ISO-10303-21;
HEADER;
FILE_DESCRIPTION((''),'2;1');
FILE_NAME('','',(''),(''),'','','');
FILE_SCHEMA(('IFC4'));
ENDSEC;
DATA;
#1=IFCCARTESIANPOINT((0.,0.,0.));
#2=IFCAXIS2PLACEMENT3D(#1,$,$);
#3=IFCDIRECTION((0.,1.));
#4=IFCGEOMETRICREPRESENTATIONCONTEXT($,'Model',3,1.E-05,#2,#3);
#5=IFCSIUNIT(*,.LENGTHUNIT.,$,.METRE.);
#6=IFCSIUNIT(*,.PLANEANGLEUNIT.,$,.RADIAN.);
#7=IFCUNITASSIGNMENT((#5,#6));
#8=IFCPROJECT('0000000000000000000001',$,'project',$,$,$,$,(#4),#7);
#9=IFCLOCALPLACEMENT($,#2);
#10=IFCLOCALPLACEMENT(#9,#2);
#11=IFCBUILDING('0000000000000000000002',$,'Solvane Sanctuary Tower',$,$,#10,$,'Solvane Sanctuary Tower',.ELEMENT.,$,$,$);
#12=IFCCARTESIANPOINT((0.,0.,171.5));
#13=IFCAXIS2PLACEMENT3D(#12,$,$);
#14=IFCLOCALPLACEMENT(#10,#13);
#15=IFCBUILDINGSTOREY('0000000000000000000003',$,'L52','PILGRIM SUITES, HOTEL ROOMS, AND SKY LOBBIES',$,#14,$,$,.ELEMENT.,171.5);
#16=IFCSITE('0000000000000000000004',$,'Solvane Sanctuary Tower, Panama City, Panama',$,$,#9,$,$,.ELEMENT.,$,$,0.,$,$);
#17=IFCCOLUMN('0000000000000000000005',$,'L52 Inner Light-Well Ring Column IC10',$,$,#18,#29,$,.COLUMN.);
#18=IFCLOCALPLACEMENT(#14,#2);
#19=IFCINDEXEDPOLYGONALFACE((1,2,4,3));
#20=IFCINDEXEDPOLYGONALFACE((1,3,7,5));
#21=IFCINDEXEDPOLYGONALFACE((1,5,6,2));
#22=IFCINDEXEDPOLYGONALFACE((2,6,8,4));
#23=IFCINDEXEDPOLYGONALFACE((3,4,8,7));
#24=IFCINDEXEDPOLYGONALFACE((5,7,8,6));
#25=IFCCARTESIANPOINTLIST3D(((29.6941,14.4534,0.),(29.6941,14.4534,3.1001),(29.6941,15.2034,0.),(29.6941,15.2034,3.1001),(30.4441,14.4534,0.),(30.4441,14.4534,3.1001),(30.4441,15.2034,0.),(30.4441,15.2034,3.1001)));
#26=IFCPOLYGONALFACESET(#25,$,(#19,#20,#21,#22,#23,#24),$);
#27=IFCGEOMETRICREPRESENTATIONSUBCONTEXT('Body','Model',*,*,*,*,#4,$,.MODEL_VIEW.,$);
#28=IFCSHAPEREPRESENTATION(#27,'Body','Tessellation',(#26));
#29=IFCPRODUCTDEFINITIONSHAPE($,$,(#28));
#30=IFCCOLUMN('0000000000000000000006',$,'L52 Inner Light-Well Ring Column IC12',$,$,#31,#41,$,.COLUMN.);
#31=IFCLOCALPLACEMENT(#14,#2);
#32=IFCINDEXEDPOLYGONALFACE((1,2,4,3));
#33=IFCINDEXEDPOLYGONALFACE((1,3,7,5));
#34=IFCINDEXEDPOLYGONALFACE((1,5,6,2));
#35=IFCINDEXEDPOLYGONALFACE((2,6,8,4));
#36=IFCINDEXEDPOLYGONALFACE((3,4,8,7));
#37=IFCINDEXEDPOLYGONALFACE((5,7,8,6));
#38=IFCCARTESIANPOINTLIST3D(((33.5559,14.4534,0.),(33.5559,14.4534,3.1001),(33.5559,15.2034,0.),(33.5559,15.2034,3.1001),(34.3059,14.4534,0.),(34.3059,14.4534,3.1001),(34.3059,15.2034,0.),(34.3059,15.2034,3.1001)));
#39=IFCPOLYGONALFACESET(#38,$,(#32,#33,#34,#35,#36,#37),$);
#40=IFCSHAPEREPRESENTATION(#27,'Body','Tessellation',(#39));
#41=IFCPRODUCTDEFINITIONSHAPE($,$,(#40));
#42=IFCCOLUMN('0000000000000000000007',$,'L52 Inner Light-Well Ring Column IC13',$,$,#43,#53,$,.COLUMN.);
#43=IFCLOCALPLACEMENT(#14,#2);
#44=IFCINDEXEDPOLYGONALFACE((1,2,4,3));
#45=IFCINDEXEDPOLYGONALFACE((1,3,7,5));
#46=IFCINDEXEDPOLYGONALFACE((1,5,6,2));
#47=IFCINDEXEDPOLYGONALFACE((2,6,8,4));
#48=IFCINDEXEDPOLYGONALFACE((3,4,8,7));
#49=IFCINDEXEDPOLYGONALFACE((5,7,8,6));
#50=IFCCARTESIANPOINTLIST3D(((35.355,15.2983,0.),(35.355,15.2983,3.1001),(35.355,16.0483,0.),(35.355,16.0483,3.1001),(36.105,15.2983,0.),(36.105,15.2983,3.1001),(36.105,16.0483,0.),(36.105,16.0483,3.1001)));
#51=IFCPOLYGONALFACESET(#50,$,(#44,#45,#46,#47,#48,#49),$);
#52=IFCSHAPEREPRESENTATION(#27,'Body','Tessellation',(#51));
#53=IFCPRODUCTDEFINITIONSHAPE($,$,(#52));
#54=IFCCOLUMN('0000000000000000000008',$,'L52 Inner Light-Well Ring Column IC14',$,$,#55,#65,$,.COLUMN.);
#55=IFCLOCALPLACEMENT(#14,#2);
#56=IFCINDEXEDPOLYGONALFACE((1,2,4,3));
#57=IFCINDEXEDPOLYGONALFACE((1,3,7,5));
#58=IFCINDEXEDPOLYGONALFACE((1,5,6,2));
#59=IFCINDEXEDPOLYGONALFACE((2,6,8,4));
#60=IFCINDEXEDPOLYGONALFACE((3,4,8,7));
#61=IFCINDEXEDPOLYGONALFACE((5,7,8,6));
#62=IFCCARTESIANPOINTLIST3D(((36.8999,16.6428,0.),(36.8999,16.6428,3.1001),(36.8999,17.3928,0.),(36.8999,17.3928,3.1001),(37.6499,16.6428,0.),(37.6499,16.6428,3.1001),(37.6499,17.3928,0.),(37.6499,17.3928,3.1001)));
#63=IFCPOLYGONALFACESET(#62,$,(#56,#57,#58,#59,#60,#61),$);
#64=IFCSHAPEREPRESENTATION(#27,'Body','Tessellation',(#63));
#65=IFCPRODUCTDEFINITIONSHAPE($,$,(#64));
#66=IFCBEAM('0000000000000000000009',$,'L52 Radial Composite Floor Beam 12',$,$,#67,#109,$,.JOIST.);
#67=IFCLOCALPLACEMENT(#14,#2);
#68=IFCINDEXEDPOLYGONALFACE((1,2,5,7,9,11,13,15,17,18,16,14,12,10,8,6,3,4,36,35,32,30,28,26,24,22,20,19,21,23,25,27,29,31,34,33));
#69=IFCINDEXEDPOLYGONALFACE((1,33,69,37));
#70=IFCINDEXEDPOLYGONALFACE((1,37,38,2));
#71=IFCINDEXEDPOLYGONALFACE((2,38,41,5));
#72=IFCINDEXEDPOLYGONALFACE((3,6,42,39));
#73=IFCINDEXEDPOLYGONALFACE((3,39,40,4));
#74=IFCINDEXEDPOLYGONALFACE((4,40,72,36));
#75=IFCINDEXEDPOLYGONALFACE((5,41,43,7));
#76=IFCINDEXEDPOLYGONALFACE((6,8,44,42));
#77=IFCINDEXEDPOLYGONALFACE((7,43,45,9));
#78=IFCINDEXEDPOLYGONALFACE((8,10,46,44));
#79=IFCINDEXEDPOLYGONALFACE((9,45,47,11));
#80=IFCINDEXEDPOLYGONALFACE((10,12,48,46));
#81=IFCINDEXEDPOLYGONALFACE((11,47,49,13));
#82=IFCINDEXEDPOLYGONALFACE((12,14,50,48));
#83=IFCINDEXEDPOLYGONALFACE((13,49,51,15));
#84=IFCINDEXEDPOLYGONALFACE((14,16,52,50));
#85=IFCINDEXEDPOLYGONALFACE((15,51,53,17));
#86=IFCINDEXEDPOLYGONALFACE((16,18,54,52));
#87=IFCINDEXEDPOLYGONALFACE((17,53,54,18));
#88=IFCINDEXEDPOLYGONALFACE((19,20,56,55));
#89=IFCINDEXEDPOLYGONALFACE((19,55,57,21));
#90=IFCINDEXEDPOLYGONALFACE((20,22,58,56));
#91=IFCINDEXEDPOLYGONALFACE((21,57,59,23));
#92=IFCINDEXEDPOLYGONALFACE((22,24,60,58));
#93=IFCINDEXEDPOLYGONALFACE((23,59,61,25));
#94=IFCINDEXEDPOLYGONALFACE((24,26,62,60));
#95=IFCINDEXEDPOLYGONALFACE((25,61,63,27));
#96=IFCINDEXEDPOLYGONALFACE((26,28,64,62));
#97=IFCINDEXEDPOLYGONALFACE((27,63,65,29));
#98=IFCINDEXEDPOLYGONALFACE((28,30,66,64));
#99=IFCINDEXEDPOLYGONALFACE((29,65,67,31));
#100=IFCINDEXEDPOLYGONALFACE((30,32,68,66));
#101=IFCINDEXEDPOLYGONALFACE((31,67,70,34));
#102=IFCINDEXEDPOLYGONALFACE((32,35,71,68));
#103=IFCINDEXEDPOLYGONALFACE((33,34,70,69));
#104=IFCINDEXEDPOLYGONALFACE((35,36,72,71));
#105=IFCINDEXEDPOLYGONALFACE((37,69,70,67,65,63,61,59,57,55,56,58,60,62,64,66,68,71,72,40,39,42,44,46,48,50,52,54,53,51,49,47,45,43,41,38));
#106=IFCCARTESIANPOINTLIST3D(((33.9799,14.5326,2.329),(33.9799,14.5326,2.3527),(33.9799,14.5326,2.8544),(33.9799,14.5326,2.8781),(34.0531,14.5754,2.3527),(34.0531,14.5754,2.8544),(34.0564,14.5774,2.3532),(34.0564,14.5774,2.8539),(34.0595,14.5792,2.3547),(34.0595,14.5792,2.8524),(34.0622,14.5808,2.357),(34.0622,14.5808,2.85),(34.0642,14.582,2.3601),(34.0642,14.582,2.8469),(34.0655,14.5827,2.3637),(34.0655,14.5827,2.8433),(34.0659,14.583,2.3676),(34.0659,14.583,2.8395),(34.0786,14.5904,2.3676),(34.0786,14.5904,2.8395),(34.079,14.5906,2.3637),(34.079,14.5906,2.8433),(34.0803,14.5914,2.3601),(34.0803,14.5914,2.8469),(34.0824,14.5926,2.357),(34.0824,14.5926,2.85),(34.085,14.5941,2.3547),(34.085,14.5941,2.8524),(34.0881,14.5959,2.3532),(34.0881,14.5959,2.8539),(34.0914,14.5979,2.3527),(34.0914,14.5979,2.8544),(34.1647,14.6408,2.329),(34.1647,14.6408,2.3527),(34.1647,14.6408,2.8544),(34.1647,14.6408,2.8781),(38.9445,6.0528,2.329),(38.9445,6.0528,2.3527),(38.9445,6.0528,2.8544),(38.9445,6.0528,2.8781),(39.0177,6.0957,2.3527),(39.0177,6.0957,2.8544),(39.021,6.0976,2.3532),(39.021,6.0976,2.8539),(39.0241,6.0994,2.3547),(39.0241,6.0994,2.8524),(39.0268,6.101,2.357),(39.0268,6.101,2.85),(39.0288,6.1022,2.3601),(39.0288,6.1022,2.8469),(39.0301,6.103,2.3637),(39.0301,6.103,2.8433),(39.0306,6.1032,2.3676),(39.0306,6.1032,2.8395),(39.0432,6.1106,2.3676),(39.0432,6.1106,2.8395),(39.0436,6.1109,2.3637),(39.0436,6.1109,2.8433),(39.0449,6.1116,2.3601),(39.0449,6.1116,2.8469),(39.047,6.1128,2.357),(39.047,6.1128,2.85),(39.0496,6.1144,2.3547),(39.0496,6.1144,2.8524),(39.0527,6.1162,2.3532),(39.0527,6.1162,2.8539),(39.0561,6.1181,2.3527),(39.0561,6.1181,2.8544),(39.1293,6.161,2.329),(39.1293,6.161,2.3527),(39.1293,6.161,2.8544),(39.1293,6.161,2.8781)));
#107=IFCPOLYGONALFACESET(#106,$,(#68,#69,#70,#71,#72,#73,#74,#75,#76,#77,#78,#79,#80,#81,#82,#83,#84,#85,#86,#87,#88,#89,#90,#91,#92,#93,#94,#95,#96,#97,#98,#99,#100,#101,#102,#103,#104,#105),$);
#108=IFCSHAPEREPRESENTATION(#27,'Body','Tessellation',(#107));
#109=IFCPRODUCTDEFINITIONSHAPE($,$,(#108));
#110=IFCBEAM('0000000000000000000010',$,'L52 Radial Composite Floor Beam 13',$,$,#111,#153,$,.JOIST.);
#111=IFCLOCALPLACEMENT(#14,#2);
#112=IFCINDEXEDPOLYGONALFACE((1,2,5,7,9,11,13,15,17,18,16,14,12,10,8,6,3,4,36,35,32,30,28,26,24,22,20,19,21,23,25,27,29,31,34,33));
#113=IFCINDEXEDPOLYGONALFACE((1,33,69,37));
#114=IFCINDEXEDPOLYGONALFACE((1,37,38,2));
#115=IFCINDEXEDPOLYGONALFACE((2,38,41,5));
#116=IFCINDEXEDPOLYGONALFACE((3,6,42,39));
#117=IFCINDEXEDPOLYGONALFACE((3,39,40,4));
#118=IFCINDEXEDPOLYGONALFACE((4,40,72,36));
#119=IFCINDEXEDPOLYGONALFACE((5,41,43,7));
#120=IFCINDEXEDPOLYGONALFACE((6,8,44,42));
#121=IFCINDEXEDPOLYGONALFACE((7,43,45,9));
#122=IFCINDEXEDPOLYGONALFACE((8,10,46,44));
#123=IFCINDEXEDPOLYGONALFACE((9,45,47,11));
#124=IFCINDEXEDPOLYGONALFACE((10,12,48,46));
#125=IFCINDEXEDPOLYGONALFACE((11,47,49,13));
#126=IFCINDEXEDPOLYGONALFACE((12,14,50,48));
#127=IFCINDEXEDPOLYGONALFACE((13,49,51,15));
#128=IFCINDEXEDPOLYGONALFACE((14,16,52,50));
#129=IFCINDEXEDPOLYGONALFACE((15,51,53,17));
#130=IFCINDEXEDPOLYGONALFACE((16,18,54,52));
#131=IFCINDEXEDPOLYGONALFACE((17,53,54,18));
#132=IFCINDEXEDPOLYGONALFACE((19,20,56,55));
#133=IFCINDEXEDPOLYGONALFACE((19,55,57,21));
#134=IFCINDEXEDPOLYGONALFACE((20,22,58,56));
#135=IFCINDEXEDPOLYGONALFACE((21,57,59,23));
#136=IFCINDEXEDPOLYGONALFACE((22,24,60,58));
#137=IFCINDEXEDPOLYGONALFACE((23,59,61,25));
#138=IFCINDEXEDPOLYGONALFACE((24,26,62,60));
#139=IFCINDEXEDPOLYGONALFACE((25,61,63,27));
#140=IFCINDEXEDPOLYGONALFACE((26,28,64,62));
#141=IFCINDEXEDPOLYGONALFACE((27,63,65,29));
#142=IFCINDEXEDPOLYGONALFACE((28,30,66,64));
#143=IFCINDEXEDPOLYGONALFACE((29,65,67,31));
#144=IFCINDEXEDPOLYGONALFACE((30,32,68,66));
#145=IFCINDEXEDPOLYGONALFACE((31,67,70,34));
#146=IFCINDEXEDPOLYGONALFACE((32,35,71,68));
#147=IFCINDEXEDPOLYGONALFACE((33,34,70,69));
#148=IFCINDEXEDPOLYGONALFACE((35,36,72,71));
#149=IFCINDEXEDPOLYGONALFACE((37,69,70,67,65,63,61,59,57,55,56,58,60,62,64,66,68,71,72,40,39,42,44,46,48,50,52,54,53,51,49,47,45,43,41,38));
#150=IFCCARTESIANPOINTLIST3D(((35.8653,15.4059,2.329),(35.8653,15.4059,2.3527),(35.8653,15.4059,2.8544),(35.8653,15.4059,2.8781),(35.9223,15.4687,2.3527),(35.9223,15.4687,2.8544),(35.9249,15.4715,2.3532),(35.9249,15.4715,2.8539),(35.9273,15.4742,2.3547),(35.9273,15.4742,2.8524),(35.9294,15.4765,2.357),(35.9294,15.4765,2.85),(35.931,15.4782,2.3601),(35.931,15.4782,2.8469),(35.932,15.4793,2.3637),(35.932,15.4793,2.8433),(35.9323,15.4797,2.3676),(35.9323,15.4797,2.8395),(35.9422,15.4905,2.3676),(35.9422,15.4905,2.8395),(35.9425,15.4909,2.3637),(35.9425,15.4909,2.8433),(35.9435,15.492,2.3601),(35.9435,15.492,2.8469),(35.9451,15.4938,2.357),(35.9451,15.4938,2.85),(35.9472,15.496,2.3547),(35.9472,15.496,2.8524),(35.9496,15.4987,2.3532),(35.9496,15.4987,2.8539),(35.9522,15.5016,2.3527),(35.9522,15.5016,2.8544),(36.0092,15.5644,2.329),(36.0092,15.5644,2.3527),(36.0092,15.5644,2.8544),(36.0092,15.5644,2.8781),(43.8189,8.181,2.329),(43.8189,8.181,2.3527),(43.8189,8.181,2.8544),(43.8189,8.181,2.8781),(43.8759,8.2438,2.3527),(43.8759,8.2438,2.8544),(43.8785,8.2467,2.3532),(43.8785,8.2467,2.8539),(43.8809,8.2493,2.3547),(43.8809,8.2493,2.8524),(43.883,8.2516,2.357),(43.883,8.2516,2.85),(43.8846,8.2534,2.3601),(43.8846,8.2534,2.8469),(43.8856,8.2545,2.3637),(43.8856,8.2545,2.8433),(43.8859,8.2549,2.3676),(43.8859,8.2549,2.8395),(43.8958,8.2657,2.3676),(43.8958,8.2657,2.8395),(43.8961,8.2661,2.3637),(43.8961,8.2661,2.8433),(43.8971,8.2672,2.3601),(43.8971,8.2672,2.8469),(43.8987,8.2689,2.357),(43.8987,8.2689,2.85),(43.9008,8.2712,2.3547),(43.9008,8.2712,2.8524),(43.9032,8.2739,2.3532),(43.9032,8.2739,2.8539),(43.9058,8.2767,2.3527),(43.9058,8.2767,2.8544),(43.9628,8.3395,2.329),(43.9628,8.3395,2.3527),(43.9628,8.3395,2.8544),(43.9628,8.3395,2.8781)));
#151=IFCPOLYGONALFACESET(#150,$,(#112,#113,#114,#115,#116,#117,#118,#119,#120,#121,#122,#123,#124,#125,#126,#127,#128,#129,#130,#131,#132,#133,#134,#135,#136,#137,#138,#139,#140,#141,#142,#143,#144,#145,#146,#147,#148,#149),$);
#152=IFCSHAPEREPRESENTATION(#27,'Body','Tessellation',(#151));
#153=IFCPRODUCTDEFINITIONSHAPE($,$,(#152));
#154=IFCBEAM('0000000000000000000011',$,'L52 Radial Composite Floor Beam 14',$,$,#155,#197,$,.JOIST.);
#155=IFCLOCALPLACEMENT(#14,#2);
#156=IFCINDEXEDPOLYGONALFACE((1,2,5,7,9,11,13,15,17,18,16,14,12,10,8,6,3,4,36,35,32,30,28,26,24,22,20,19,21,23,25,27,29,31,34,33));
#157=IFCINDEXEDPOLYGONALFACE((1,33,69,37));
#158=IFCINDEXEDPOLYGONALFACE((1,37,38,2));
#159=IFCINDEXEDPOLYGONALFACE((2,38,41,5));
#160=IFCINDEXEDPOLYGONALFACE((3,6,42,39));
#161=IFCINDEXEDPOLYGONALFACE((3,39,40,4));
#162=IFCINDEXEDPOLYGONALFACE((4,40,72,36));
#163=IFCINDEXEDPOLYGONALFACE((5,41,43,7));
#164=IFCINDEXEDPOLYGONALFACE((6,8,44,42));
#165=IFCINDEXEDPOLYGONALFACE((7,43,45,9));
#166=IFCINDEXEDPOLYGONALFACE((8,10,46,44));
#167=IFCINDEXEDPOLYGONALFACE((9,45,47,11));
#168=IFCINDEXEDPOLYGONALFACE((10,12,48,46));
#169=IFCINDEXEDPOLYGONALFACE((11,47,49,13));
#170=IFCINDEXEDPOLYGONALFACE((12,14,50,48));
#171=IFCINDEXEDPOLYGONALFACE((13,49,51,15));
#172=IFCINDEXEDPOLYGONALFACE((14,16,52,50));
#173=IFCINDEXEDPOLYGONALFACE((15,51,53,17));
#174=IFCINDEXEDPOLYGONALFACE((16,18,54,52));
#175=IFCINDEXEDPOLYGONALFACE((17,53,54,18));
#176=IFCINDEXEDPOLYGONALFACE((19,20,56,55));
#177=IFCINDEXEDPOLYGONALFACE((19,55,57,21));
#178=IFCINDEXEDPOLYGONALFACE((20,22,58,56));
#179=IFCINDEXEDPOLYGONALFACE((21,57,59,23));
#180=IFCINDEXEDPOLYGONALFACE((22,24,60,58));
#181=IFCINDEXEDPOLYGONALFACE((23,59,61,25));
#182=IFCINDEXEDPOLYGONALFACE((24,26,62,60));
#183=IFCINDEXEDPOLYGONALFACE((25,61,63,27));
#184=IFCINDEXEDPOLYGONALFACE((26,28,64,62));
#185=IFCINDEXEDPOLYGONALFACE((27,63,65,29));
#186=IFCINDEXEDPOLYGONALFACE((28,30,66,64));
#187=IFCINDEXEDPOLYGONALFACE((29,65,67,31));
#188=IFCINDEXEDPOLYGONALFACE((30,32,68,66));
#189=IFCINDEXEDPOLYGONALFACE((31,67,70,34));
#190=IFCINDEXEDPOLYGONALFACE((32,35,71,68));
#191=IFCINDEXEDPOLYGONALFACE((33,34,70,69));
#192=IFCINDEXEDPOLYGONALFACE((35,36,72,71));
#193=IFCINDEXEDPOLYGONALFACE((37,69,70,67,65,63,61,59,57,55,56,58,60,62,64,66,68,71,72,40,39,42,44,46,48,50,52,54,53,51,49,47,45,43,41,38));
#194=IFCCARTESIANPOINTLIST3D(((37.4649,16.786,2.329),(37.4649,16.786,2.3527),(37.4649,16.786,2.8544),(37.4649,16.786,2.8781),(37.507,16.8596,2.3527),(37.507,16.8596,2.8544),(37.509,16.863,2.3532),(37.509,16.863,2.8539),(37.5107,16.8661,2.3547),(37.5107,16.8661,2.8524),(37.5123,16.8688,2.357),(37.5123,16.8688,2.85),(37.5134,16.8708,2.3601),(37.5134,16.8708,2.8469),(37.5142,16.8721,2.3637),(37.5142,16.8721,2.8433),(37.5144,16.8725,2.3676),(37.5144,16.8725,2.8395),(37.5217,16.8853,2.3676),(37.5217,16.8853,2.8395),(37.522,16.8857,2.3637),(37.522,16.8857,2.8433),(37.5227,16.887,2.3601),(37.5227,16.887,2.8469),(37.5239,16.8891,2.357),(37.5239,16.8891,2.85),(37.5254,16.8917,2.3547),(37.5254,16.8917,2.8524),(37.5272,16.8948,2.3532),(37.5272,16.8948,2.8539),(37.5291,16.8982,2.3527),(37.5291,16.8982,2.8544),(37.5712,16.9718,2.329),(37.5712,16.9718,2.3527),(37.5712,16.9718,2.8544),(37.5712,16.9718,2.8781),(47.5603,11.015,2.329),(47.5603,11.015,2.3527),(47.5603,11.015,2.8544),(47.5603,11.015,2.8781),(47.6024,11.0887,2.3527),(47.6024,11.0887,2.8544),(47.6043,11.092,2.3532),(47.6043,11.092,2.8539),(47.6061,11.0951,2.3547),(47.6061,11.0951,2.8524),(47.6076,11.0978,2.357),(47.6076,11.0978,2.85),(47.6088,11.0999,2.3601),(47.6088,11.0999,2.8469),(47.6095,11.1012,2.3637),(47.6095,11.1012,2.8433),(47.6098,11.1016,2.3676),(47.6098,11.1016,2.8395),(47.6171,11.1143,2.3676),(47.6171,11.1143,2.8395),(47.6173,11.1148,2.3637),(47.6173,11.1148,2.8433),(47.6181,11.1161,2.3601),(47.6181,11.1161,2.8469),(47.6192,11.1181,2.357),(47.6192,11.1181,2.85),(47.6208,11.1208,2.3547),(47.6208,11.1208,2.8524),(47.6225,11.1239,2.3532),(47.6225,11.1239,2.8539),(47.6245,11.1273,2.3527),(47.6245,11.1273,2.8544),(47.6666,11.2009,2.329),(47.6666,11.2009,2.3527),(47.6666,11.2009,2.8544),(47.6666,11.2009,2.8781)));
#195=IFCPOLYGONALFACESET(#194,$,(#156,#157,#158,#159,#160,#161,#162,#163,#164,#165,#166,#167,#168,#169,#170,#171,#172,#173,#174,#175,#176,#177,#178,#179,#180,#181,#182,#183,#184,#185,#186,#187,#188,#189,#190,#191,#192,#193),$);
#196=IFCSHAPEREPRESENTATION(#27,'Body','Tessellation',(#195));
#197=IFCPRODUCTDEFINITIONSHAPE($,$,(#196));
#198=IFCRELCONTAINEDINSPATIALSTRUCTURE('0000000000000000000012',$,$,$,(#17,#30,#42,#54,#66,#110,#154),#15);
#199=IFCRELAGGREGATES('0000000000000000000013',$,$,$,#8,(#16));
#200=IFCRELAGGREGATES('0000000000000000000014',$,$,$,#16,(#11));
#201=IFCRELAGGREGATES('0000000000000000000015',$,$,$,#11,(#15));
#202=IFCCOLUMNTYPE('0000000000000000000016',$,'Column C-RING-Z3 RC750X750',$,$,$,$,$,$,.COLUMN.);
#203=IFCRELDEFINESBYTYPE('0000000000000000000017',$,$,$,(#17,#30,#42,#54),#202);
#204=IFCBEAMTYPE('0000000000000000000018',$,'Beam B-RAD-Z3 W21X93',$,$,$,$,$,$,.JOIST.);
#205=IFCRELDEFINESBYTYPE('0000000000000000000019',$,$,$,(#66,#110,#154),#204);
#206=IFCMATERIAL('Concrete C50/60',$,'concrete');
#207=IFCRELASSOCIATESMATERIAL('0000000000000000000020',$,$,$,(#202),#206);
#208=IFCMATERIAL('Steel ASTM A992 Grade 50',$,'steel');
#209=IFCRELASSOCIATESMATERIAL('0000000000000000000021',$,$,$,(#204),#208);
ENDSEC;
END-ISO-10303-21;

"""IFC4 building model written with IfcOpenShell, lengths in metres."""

from ifc_helpers import new_model, si_unit, direction, frame, origin, origin_2d, place, context, subcontext, project, spatial, rectangle, i_section, extrude, material, material_profile, profile_set, type_object, element, save


model = new_model("IFC4")

# Units and contexts
model_context = context("Model", 3, precision=1e-05, world=origin(), true_north=direction((0.0, 1.0)))
body_context = subcontext(model_context, "Body", "Model", "MODEL_VIEW")
ifc_project = project(units=[si_unit("LENGTHUNIT", "METRE"), si_unit("PLANEANGLEUNIT", "RADIAN")], contexts=[model_context])

# Site, building, storey
site_placement = place(None, origin())
site = spatial("IfcSite", under=ifc_project, at=site_placement, Name="Solvane Sanctuary Tower, Panama City, Panama", CompositionType="ELEMENT", RefElevation=0.0)
building_placement = place(site_placement, origin())
building = spatial("IfcBuilding", under=site, at=building_placement, Name="Solvane Sanctuary Tower", LongName="Solvane Sanctuary Tower", CompositionType="ELEMENT")
storey_placement = place(building_placement, frame((0.0, 0.0, 171.5)))
storey = spatial("IfcBuildingStorey", under=building, at=storey_placement, Name="L52", Description="PILGRIM SUITES, HOTEL ROOMS, AND SKY LOBBIES", CompositionType="ELEMENT", Elevation=171.5)

# Columns
ifc_material_1 = material(Name="Concrete C50/60", Category="concrete")
ifc_material_profile_1 = material_profile(ifc_material_1, rectangle(XDim=0.75, YDim=0.75, at=origin_2d()), Name="RC750X750")
ifc_profile_set_1 = profile_set([ifc_material_profile_1], Name="Concrete C50/60")
column_type = type_object("IfcColumnType", Name="Column C-RING-Z3 RC750X750", PredefinedType="COLUMN", material=ifc_profile_set_1)
for number, where, z_axis, x_axis, name in (
    (1, (30.0691, 14.8284, 0.0), (0.0, 0.0, 1.0), (1.0, 0.0, 0.0), "L52 Inner Light-Well Ring Column IC10"),
    (2, (33.9309, 14.8284, 0.0), (0.0, 0.0, 1.0), (1.0, 0.0, 0.0), "L52 Inner Light-Well Ring Column IC12"),
    (3, (35.73, 15.6733, 0.0), (0.0, 0.0, 1.0), (1.0, 0.0, 0.0), "L52 Inner Light-Well Ring Column IC13"),
    (4, (37.2749, 17.0178, 0.0), (0.0, 0.0, 1.0), (1.0, 0.0, 0.0), "L52 Inner Light-Well Ring Column IC14"),
):
    element("IfcColumn", number, at=place(storey_placement, frame(where, z_axis=z_axis, x_axis=x_axis)), inside=storey, type_object=column_type, Name=name, PredefinedType="COLUMN", context=body_context, shape_type="SweptSolid", body=[
        extrude(rectangle(XDim=0.75, YDim=0.75, at=origin_2d()), origin(), (0.0, 0.0, 1.0), 3.1001),
    ])

# Beams
ifc_material_2 = material(Name="Steel ASTM A992 Grade 50", Category="steel")
ifc_material_profile_2 = material_profile(ifc_material_2, i_section(OverallWidth=0.2141, OverallDepth=0.5491, WebThickness=0.0146, FlangeThickness=0.0237, FilletRadius=0.0149, at=origin_2d()), Name="W21X93")
ifc_profile_set_2 = profile_set([ifc_material_profile_2], Name="Steel ASTM A992 Grade 50")
beam_type_1 = type_object("IfcBeamType", Name="Beam B-RAD-Z3 W21X93", PredefinedType="JOIST", material=ifc_profile_set_2)
beam_1_placement = place(storey_placement, frame((34.0723, 14.5867, 2.6035), z_axis=(0.505244, -0.862977, 0.0), x_axis=(0.862977, 0.505244, 0.0)))
element("IfcBeam", 5, at=beam_1_placement, inside=storey, type_object=beam_type_1, Name="L52 Radial Composite Floor Beam 12", PredefinedType="JOIST", context=body_context, shape_type="SweptSolid", body=[
    extrude(i_section(OverallWidth=0.2141, OverallDepth=0.5491, WebThickness=0.0146, FlangeThickness=0.0237, FilletRadius=0.0149, at=origin_2d()), origin(), (0.0, 0.0, 1.0), 9.8262),
])
beam_2_placement = place(storey_placement, frame((35.9373, 15.4851, 2.6035), z_axis=(0.740204, -0.672382, 0.0), x_axis=(0.672382, 0.740204, 0.0)))
element("IfcBeam", 6, at=beam_2_placement, inside=storey, type_object=beam_type_1, Name="L52 Radial Composite Floor Beam 13", PredefinedType="JOIST", context=body_context, shape_type="SweptSolid", body=[
    extrude(i_section(OverallWidth=0.2141, OverallDepth=0.5491, WebThickness=0.0146, FlangeThickness=0.0237, FilletRadius=0.0149, at=origin_2d()), origin(), (0.0, 0.0, 1.0), 10.7451),
])
beam_3_placement = place(storey_placement, frame((37.5181, 16.8789, 2.6035), z_axis=(0.868163, -0.496279, 0.0), x_axis=(0.496279, 0.868163, 0.0)))
element("IfcBeam", 7, at=beam_3_placement, inside=storey, type_object=beam_type_1, Name="L52 Radial Composite Floor Beam 14", PredefinedType="JOIST", context=body_context, shape_type="SweptSolid", body=[
    extrude(i_section(OverallWidth=0.2141, OverallDepth=0.5491, WebThickness=0.0146, FlangeThickness=0.0237, FilletRadius=0.0149, at=origin_2d()), origin(), (0.0, 0.0, 1.0), 11.6284),
])

save(model, "model.ifc")
